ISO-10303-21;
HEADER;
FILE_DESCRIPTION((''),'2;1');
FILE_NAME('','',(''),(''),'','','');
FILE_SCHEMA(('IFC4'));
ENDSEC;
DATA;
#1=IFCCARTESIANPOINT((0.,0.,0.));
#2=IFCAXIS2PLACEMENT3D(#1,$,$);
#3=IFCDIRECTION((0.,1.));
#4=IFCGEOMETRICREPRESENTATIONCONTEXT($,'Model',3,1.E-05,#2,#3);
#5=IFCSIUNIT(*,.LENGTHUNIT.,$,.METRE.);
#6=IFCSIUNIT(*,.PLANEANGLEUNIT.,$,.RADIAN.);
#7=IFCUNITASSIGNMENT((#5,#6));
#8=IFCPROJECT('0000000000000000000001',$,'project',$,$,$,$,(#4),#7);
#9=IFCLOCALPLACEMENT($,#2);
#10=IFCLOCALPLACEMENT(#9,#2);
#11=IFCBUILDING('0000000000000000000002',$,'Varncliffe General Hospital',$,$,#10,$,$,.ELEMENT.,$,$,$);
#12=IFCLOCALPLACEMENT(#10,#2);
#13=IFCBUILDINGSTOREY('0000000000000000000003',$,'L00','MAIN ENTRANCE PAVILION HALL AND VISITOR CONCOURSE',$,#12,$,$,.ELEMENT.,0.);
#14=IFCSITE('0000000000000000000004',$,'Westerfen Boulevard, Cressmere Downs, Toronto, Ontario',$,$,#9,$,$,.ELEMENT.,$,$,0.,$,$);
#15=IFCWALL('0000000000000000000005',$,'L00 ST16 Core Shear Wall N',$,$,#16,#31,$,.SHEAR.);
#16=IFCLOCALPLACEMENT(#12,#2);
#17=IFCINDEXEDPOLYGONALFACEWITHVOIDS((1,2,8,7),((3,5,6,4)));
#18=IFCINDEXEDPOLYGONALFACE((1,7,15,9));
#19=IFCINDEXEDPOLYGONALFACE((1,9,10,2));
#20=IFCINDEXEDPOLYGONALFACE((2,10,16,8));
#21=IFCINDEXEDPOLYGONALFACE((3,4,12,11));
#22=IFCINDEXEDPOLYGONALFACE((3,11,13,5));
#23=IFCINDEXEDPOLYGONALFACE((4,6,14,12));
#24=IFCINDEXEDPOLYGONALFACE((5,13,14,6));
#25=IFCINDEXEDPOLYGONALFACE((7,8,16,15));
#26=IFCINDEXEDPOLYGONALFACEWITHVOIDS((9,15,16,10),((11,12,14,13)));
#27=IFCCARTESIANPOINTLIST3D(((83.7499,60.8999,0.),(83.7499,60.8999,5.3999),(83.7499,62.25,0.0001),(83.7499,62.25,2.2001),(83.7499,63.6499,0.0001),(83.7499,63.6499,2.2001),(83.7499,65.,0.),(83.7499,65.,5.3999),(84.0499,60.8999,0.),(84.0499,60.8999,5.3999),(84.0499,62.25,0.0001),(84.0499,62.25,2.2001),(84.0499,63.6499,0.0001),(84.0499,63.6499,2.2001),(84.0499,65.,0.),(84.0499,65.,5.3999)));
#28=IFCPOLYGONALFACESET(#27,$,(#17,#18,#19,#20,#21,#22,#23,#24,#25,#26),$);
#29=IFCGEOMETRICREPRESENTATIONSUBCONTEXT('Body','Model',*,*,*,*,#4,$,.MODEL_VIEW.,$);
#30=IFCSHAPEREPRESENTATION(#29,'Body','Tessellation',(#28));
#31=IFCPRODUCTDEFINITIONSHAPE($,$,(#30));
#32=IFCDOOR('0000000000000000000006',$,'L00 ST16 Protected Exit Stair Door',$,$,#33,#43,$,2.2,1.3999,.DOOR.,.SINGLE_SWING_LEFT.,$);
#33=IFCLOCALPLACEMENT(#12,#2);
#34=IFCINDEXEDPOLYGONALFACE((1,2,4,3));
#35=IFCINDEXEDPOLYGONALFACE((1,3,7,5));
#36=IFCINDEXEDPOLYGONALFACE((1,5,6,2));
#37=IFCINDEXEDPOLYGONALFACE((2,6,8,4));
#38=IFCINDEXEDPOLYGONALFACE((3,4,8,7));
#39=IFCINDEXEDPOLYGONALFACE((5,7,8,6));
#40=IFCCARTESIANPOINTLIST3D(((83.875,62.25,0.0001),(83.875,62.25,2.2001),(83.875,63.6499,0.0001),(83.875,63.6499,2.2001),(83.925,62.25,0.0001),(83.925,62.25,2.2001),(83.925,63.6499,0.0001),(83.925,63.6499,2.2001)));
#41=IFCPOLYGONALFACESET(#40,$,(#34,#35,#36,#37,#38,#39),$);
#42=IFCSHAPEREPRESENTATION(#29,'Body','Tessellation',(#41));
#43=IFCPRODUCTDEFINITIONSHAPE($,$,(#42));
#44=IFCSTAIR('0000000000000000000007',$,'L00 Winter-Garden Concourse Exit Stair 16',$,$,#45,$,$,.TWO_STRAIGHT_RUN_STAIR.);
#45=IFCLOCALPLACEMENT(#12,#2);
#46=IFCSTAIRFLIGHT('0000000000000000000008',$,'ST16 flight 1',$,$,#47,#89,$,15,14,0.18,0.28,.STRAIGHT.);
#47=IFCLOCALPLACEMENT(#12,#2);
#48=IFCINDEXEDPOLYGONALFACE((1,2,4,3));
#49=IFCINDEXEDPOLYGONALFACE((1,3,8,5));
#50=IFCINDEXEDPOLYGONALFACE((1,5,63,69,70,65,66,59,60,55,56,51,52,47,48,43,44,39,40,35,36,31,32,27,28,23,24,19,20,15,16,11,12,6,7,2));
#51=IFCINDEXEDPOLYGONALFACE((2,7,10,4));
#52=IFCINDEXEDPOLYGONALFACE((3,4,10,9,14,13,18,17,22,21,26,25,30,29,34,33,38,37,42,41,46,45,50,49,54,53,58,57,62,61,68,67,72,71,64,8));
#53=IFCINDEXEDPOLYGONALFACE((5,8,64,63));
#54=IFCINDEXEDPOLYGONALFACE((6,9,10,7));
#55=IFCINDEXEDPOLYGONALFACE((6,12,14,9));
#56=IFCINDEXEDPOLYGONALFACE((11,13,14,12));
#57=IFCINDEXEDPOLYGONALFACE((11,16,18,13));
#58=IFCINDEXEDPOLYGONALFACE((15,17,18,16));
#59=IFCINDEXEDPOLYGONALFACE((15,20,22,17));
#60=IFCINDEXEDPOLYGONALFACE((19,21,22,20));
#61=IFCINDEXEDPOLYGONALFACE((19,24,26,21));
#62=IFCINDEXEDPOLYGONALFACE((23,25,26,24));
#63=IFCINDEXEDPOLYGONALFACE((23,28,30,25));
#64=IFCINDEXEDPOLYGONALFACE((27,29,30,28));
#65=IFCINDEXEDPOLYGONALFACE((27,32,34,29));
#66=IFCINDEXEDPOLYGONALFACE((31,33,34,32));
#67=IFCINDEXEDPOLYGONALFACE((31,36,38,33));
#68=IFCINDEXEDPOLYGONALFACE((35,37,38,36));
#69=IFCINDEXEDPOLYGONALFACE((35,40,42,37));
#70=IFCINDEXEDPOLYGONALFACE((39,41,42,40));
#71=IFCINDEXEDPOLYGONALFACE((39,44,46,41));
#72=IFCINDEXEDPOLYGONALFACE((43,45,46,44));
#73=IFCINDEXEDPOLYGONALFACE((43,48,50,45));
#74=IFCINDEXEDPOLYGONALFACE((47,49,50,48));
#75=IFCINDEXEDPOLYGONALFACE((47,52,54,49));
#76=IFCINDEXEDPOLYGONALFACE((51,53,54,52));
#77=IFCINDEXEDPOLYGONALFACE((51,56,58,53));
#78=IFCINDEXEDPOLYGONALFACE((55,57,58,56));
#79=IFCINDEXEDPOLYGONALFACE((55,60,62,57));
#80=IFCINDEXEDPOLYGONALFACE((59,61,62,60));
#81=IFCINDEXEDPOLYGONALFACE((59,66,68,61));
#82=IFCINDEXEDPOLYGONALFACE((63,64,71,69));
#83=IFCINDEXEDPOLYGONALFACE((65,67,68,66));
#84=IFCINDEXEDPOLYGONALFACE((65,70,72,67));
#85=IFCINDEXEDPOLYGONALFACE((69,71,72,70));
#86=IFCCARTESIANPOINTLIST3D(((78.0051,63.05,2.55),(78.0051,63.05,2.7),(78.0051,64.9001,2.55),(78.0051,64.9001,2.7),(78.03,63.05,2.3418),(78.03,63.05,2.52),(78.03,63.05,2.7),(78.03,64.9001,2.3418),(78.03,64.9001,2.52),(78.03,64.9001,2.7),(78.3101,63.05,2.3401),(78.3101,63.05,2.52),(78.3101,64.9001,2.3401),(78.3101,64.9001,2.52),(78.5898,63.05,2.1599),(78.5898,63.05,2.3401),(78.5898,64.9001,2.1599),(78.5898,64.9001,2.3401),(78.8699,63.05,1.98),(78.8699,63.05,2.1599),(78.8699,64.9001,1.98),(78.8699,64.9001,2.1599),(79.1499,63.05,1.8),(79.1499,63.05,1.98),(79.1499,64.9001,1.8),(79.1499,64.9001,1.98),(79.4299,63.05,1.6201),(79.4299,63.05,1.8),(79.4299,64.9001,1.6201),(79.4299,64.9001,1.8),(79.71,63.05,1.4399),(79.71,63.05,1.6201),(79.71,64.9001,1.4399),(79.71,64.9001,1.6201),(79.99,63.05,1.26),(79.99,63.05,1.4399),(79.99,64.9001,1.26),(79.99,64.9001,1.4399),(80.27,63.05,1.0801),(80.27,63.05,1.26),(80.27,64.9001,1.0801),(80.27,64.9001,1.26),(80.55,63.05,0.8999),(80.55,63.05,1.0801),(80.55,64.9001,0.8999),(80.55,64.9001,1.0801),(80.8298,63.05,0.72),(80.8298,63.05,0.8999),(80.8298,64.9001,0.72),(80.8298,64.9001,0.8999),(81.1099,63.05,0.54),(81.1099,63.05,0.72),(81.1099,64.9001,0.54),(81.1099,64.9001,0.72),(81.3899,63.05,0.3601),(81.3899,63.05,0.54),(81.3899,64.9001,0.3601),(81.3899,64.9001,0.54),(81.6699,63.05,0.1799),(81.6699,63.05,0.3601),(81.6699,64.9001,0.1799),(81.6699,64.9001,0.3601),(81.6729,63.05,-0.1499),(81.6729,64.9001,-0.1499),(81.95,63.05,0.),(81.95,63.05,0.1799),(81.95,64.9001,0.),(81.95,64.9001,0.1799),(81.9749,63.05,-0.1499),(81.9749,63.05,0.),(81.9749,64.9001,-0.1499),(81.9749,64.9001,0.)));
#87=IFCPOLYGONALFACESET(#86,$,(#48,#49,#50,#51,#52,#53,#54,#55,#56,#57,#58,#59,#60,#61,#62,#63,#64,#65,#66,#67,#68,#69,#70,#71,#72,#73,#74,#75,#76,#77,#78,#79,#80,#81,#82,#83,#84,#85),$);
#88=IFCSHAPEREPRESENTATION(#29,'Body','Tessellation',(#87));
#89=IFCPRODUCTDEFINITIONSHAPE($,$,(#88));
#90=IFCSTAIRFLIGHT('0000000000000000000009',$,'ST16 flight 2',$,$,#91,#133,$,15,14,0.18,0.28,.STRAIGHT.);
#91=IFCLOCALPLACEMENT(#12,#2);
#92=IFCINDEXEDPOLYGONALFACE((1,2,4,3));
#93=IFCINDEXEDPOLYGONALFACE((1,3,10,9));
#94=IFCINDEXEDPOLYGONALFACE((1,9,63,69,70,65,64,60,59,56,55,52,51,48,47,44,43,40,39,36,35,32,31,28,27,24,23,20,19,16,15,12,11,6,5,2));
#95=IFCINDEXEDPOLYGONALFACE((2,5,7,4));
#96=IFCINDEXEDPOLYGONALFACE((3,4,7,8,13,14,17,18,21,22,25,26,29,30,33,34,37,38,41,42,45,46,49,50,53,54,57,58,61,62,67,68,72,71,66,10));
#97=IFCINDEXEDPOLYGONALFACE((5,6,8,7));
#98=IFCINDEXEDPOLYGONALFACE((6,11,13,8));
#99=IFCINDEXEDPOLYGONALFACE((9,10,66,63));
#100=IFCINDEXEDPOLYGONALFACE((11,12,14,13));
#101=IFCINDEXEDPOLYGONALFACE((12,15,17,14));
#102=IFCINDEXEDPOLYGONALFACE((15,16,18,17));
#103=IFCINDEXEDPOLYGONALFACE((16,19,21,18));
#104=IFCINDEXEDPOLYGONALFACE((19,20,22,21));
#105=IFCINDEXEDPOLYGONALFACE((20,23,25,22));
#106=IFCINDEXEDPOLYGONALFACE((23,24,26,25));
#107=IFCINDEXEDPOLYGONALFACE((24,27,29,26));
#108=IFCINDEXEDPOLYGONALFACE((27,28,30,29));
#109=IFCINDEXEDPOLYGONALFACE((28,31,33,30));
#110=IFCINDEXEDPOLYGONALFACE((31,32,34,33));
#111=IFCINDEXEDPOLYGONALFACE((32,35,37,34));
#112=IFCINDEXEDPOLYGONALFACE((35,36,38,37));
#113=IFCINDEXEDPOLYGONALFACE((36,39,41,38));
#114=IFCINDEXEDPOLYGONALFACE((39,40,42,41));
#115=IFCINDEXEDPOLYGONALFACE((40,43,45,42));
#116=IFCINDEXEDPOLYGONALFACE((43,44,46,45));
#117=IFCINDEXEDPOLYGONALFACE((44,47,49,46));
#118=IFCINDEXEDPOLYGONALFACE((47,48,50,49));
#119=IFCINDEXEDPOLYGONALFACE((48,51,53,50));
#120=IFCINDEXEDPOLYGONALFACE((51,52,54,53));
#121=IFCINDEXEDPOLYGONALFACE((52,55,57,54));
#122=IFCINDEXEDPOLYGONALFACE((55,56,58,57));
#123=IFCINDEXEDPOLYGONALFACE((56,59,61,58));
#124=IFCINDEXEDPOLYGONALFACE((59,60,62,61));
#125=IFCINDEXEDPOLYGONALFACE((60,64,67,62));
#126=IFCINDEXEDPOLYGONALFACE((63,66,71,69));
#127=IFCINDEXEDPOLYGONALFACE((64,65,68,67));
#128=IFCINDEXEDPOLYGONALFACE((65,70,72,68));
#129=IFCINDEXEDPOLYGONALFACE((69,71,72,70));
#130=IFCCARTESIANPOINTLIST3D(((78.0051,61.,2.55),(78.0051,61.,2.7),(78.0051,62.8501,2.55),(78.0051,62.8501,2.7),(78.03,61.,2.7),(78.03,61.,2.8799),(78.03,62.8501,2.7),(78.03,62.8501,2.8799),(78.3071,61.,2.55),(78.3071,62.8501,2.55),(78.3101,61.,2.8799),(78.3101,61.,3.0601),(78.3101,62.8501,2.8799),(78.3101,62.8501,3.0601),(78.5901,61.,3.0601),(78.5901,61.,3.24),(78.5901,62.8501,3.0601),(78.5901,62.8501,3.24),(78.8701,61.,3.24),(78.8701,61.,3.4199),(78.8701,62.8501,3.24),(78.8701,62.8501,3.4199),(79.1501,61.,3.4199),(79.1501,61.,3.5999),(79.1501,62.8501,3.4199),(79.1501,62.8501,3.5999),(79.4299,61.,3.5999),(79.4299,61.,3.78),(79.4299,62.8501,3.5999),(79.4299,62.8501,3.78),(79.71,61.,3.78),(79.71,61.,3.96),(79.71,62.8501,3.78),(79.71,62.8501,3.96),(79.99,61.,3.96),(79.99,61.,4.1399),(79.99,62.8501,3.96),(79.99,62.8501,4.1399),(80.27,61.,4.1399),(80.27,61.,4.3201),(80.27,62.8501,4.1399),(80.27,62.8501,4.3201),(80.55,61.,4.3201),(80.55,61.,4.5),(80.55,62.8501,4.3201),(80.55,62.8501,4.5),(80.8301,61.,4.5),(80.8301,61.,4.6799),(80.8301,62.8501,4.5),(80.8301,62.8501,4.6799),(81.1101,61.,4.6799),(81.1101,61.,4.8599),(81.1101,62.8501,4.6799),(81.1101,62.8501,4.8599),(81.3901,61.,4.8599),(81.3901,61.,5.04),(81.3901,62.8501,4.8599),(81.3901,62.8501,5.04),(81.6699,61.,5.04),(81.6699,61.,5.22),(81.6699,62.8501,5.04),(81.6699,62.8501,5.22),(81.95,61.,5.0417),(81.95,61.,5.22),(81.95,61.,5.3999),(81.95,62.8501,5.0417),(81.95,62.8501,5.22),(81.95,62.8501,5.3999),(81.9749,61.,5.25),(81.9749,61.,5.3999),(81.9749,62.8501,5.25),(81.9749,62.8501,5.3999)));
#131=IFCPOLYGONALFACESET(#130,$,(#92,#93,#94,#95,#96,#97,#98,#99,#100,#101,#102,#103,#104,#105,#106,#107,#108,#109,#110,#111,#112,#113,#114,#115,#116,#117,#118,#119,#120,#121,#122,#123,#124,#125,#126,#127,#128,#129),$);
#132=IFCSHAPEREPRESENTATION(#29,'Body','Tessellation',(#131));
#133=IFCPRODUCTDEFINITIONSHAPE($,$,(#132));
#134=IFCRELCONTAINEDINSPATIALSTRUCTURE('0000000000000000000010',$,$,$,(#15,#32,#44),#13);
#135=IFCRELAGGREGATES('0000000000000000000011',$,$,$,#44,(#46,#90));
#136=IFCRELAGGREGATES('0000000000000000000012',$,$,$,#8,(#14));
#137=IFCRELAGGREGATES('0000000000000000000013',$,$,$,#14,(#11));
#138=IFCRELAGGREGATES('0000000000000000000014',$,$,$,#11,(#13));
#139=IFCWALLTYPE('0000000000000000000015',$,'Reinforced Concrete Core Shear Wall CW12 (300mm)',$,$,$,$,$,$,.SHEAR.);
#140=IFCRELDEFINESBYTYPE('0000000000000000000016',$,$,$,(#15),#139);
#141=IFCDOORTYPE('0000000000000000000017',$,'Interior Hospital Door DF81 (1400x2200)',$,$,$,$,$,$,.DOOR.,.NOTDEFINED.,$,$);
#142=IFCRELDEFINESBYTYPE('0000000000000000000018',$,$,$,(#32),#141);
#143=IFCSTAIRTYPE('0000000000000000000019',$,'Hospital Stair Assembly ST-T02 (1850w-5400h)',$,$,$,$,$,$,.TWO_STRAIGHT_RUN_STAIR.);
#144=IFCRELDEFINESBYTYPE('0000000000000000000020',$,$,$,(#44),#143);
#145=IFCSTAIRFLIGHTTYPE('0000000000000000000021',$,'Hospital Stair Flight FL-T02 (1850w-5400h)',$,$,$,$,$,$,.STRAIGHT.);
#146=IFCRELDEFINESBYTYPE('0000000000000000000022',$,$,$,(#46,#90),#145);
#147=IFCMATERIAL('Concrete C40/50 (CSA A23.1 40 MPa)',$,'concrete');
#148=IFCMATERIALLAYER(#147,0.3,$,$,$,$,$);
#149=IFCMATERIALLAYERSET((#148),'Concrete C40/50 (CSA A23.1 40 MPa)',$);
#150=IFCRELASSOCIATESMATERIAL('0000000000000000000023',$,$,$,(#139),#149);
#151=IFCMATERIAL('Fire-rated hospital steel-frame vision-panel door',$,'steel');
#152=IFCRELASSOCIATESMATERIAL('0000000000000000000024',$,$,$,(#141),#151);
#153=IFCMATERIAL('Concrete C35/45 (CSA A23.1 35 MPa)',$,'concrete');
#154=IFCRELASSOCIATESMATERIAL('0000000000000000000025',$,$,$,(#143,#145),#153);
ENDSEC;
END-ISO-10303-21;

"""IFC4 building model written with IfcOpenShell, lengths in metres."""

from ifc_helpers import new_model, si_unit, direction, frame, frame_2d, origin, place, context, subcontext, project, spatial, polyline, rectangle, outline, extrude, material, layer, layer_set, type_object, element, fill, aggregate, save


model = new_model("IFC4")

# Units and contexts
model_context = context("Model", 3, precision=1e-05, world=origin(), true_north=direction((0.0, 1.0)))
body_context = subcontext(model_context, "Body", "Model", "MODEL_VIEW")
ifc_project = project(units=[si_unit("LENGTHUNIT", "METRE"), si_unit("PLANEANGLEUNIT", "RADIAN")], contexts=[model_context])

# Site, building, storey
site_placement = place(None, origin())
site = spatial("IfcSite", under=ifc_project, at=site_placement, Name="Westerfen Boulevard, Cressmere Downs, Toronto, Ontario", CompositionType="ELEMENT", RefElevation=0.0)
building_placement = place(site_placement, origin())
building = spatial("IfcBuilding", under=site, at=building_placement, Name="Varncliffe General Hospital", CompositionType="ELEMENT")
storey_placement = place(building_placement, origin())
storey = spatial("IfcBuildingStorey", under=building, at=storey_placement, Name="L00", Description="MAIN ENTRANCE PAVILION HALL AND VISITOR CONCOURSE", CompositionType="ELEMENT", Elevation=0.0)

# Shared definitions
ifc_material_1 = material(Name="Concrete C40/50 (CSA A23.1 40 MPa)", Category="concrete")

# Shared definitions
ifc_material_2 = material(Name="Concrete C35/45 (CSA A23.1 35 MPa)", Category="concrete")

# Shared definitions
ifc_layer_1 = layer(ifc_material_1, 0.3)
ifc_layer_set_1 = layer_set([ifc_layer_1], Name="Concrete C40/50 (CSA A23.1 40 MPa)")
wall_type_1 = type_object("IfcWallType", Name="Reinforced Concrete Core Shear Wall CW12 (300mm)", PredefinedType="SHEAR", material=ifc_layer_set_1)

# Wall, opening, door
wall_1_placement = place(storey_placement, frame((83.8999, 60.8999, 0.0), z_axis=(0.0, 0.0, 1.0), x_axis=(0.0, 1.0, 0.0)))
wall_1 = element("IfcWall", 1, at=wall_1_placement, inside=storey, type_object=wall_type_1, Name="L00 ST16 Core Shear Wall N", PredefinedType="SHEAR", context=body_context, shape_type="SweptSolid", body=[
    extrude(rectangle(XDim=4.1001, YDim=0.3, at=frame_2d((2.05, 0.0))), origin(), (0.0, 0.0, 1.0), 5.3999),
])
opening_placement = place(wall_1_placement, frame((1.3501, 0.0, 0.0)))
opening = element("IfcOpeningElement", 2, at=opening_placement, cuts=wall_1, PredefinedType="OPENING", context=body_context, shape_type="SweptSolid", body=[
    extrude(rectangle(XDim=1.3999, YDim=2.2, at=frame_2d((0.7, 1.1001))), frame((0.0, 0.1602, 0.0), z_axis=(0.0, -1.0, 0.0), x_axis=(1.0, 0.0, 0.0)), (0.0, 0.0, 1.0), 0.3201),
])
ifc_material_3 = material(Name="Fire-rated hospital steel-frame vision-panel door", Category="steel")
door_type = type_object("IfcDoorType", Name="Interior Hospital Door DF81 (1400x2200)", OperationType="NOTDEFINED", PredefinedType="DOOR", material=ifc_material_3)
door_placement = place(opening_placement, origin())
door = element("IfcDoor", 3, at=door_placement, inside=storey, type_object=door_type, Name="L00 ST16 Protected Exit Stair Door", OperationType="SINGLE_SWING_LEFT", OverallHeight=2.2, OverallWidth=1.3999, PredefinedType="DOOR", context=body_context, shape_type="SweptSolid", body=[
    extrude(rectangle(XDim=1.3999, YDim=2.2, at=frame_2d((0.7, 1.1001))), frame((0.0, 0.0249, 0.0), z_axis=(0.0, -1.0, 0.0), x_axis=(1.0, 0.0, 0.0)), (0.0, 0.0, 1.0), 0.05),
])
fill(opening, door)

# Stair, stair flights
stair_type = type_object("IfcStairType", Name="Hospital Stair Assembly ST-T02 (1850w-5400h)", PredefinedType="TWO_STRAIGHT_RUN_STAIR", material=ifc_material_2)
stair_placement = place(storey_placement, origin())
stair = element("IfcStair", 4, at=stair_placement, inside=storey, type_object=stair_type, Name="L00 Winter-Garden Concourse Exit Stair 16", PredefinedType="TWO_STRAIGHT_RUN_STAIR")
stair_flight_type = type_object("IfcStairFlightType", Name="Hospital Stair Flight FL-T02 (1850w-5400h)", PredefinedType="STRAIGHT", material=ifc_material_2)
stair_flight_1_placement = place(storey_placement, frame((81.95, 63.9751, 0.0), z_axis=(0.0, 0.0, 1.0), x_axis=(-1.0, 0.0, 0.0)))
stair_flight_1 = element("IfcStairFlight", 5, at=stair_flight_1_placement, type_object=stair_flight_type, Name="ST16 flight 1", NumberOfRisers=15, NumberOfTreads=14, PredefinedType="STRAIGHT", RiserHeight=0.18, TreadLength=0.28, context=body_context, shape_type="SweptSolid", body=[
    extrude(outline(polyline([(-0.0249, -0.1499), (-0.0249, 0.0), (0.0, 0.0), (0.0, 0.1799), (0.28, 0.1799), (0.28, 0.3601), (0.5601, 0.3601), (0.5601, 0.54), (0.8401, 0.54), (0.8401, 0.72), (1.1201, 0.72), (1.1201, 0.8999), (1.3999, 0.8999), (1.3999, 1.0801), (1.6799, 1.0801), (1.6799, 1.26), (1.96, 1.26), (1.96, 1.4399), (2.24, 1.4399), (2.24, 1.6201), (2.52, 1.6201), (2.52, 1.8), (2.8, 1.8), (2.8, 1.98), (3.0801, 1.98), (3.0801, 2.1599), (3.3601, 2.1599), (3.3601, 2.3401), (3.6399, 2.3401), (3.6399, 2.52), (3.9199, 2.52), (3.9199, 2.7), (3.9448, 2.7), (3.9448, 2.55), (3.9199, 2.3418), (0.2771, -0.1499), (-0.0249, -0.1499)])), frame((0.0, 0.925, 0.0), z_axis=(0.0, -1.0, 0.0), x_axis=(1.0, 0.0, 0.0)), (0.0, 0.0, 1.0), 1.8501),
])
stair_flight_2_placement = place(storey_placement, frame((78.03, 61.925, 2.7), z_axis=(0.0, 0.0, 1.0), x_axis=(1.0, 0.0, 0.0)))
stair_flight_2 = element("IfcStairFlight", 6, at=stair_flight_2_placement, type_object=stair_flight_type, Name="ST16 flight 2", NumberOfRisers=15, NumberOfTreads=14, PredefinedType="STRAIGHT", RiserHeight=0.18, TreadLength=0.28, context=body_context, shape_type="SweptSolid", body=[
    extrude(outline(polyline([(-0.0249, -0.1499), (-0.0249, 0.0), (0.0, 0.0), (0.0, 0.1799), (0.28, 0.1799), (0.28, 0.3601), (0.5601, 0.3601), (0.5601, 0.54), (0.8401, 0.54), (0.8401, 0.72), (1.1201, 0.72), (1.1201, 0.8999), (1.3999, 0.8999), (1.3999, 1.0801), (1.6799, 1.0801), (1.6799, 1.26), (1.96, 1.26), (1.96, 1.4399), (2.24, 1.4399), (2.24, 1.6201), (2.52, 1.6201), (2.52, 1.8), (2.8, 1.8), (2.8, 1.98), (3.0801, 1.98), (3.0801, 2.1599), (3.3601, 2.1599), (3.3601, 2.3401), (3.6399, 2.3401), (3.6399, 2.52), (3.9199, 2.52), (3.9199, 2.7), (3.9448, 2.7), (3.9448, 2.55), (3.9199, 2.3418), (0.2771, -0.1499), (-0.0249, -0.1499)])), frame((0.0, 0.925, 0.0), z_axis=(0.0, -1.0, 0.0), x_axis=(1.0, 0.0, 0.0)), (0.0, 0.0, 1.0), 1.8501),
])
aggregate(stair, [stair_flight_1, stair_flight_2])

save(model, "model.ifc")
